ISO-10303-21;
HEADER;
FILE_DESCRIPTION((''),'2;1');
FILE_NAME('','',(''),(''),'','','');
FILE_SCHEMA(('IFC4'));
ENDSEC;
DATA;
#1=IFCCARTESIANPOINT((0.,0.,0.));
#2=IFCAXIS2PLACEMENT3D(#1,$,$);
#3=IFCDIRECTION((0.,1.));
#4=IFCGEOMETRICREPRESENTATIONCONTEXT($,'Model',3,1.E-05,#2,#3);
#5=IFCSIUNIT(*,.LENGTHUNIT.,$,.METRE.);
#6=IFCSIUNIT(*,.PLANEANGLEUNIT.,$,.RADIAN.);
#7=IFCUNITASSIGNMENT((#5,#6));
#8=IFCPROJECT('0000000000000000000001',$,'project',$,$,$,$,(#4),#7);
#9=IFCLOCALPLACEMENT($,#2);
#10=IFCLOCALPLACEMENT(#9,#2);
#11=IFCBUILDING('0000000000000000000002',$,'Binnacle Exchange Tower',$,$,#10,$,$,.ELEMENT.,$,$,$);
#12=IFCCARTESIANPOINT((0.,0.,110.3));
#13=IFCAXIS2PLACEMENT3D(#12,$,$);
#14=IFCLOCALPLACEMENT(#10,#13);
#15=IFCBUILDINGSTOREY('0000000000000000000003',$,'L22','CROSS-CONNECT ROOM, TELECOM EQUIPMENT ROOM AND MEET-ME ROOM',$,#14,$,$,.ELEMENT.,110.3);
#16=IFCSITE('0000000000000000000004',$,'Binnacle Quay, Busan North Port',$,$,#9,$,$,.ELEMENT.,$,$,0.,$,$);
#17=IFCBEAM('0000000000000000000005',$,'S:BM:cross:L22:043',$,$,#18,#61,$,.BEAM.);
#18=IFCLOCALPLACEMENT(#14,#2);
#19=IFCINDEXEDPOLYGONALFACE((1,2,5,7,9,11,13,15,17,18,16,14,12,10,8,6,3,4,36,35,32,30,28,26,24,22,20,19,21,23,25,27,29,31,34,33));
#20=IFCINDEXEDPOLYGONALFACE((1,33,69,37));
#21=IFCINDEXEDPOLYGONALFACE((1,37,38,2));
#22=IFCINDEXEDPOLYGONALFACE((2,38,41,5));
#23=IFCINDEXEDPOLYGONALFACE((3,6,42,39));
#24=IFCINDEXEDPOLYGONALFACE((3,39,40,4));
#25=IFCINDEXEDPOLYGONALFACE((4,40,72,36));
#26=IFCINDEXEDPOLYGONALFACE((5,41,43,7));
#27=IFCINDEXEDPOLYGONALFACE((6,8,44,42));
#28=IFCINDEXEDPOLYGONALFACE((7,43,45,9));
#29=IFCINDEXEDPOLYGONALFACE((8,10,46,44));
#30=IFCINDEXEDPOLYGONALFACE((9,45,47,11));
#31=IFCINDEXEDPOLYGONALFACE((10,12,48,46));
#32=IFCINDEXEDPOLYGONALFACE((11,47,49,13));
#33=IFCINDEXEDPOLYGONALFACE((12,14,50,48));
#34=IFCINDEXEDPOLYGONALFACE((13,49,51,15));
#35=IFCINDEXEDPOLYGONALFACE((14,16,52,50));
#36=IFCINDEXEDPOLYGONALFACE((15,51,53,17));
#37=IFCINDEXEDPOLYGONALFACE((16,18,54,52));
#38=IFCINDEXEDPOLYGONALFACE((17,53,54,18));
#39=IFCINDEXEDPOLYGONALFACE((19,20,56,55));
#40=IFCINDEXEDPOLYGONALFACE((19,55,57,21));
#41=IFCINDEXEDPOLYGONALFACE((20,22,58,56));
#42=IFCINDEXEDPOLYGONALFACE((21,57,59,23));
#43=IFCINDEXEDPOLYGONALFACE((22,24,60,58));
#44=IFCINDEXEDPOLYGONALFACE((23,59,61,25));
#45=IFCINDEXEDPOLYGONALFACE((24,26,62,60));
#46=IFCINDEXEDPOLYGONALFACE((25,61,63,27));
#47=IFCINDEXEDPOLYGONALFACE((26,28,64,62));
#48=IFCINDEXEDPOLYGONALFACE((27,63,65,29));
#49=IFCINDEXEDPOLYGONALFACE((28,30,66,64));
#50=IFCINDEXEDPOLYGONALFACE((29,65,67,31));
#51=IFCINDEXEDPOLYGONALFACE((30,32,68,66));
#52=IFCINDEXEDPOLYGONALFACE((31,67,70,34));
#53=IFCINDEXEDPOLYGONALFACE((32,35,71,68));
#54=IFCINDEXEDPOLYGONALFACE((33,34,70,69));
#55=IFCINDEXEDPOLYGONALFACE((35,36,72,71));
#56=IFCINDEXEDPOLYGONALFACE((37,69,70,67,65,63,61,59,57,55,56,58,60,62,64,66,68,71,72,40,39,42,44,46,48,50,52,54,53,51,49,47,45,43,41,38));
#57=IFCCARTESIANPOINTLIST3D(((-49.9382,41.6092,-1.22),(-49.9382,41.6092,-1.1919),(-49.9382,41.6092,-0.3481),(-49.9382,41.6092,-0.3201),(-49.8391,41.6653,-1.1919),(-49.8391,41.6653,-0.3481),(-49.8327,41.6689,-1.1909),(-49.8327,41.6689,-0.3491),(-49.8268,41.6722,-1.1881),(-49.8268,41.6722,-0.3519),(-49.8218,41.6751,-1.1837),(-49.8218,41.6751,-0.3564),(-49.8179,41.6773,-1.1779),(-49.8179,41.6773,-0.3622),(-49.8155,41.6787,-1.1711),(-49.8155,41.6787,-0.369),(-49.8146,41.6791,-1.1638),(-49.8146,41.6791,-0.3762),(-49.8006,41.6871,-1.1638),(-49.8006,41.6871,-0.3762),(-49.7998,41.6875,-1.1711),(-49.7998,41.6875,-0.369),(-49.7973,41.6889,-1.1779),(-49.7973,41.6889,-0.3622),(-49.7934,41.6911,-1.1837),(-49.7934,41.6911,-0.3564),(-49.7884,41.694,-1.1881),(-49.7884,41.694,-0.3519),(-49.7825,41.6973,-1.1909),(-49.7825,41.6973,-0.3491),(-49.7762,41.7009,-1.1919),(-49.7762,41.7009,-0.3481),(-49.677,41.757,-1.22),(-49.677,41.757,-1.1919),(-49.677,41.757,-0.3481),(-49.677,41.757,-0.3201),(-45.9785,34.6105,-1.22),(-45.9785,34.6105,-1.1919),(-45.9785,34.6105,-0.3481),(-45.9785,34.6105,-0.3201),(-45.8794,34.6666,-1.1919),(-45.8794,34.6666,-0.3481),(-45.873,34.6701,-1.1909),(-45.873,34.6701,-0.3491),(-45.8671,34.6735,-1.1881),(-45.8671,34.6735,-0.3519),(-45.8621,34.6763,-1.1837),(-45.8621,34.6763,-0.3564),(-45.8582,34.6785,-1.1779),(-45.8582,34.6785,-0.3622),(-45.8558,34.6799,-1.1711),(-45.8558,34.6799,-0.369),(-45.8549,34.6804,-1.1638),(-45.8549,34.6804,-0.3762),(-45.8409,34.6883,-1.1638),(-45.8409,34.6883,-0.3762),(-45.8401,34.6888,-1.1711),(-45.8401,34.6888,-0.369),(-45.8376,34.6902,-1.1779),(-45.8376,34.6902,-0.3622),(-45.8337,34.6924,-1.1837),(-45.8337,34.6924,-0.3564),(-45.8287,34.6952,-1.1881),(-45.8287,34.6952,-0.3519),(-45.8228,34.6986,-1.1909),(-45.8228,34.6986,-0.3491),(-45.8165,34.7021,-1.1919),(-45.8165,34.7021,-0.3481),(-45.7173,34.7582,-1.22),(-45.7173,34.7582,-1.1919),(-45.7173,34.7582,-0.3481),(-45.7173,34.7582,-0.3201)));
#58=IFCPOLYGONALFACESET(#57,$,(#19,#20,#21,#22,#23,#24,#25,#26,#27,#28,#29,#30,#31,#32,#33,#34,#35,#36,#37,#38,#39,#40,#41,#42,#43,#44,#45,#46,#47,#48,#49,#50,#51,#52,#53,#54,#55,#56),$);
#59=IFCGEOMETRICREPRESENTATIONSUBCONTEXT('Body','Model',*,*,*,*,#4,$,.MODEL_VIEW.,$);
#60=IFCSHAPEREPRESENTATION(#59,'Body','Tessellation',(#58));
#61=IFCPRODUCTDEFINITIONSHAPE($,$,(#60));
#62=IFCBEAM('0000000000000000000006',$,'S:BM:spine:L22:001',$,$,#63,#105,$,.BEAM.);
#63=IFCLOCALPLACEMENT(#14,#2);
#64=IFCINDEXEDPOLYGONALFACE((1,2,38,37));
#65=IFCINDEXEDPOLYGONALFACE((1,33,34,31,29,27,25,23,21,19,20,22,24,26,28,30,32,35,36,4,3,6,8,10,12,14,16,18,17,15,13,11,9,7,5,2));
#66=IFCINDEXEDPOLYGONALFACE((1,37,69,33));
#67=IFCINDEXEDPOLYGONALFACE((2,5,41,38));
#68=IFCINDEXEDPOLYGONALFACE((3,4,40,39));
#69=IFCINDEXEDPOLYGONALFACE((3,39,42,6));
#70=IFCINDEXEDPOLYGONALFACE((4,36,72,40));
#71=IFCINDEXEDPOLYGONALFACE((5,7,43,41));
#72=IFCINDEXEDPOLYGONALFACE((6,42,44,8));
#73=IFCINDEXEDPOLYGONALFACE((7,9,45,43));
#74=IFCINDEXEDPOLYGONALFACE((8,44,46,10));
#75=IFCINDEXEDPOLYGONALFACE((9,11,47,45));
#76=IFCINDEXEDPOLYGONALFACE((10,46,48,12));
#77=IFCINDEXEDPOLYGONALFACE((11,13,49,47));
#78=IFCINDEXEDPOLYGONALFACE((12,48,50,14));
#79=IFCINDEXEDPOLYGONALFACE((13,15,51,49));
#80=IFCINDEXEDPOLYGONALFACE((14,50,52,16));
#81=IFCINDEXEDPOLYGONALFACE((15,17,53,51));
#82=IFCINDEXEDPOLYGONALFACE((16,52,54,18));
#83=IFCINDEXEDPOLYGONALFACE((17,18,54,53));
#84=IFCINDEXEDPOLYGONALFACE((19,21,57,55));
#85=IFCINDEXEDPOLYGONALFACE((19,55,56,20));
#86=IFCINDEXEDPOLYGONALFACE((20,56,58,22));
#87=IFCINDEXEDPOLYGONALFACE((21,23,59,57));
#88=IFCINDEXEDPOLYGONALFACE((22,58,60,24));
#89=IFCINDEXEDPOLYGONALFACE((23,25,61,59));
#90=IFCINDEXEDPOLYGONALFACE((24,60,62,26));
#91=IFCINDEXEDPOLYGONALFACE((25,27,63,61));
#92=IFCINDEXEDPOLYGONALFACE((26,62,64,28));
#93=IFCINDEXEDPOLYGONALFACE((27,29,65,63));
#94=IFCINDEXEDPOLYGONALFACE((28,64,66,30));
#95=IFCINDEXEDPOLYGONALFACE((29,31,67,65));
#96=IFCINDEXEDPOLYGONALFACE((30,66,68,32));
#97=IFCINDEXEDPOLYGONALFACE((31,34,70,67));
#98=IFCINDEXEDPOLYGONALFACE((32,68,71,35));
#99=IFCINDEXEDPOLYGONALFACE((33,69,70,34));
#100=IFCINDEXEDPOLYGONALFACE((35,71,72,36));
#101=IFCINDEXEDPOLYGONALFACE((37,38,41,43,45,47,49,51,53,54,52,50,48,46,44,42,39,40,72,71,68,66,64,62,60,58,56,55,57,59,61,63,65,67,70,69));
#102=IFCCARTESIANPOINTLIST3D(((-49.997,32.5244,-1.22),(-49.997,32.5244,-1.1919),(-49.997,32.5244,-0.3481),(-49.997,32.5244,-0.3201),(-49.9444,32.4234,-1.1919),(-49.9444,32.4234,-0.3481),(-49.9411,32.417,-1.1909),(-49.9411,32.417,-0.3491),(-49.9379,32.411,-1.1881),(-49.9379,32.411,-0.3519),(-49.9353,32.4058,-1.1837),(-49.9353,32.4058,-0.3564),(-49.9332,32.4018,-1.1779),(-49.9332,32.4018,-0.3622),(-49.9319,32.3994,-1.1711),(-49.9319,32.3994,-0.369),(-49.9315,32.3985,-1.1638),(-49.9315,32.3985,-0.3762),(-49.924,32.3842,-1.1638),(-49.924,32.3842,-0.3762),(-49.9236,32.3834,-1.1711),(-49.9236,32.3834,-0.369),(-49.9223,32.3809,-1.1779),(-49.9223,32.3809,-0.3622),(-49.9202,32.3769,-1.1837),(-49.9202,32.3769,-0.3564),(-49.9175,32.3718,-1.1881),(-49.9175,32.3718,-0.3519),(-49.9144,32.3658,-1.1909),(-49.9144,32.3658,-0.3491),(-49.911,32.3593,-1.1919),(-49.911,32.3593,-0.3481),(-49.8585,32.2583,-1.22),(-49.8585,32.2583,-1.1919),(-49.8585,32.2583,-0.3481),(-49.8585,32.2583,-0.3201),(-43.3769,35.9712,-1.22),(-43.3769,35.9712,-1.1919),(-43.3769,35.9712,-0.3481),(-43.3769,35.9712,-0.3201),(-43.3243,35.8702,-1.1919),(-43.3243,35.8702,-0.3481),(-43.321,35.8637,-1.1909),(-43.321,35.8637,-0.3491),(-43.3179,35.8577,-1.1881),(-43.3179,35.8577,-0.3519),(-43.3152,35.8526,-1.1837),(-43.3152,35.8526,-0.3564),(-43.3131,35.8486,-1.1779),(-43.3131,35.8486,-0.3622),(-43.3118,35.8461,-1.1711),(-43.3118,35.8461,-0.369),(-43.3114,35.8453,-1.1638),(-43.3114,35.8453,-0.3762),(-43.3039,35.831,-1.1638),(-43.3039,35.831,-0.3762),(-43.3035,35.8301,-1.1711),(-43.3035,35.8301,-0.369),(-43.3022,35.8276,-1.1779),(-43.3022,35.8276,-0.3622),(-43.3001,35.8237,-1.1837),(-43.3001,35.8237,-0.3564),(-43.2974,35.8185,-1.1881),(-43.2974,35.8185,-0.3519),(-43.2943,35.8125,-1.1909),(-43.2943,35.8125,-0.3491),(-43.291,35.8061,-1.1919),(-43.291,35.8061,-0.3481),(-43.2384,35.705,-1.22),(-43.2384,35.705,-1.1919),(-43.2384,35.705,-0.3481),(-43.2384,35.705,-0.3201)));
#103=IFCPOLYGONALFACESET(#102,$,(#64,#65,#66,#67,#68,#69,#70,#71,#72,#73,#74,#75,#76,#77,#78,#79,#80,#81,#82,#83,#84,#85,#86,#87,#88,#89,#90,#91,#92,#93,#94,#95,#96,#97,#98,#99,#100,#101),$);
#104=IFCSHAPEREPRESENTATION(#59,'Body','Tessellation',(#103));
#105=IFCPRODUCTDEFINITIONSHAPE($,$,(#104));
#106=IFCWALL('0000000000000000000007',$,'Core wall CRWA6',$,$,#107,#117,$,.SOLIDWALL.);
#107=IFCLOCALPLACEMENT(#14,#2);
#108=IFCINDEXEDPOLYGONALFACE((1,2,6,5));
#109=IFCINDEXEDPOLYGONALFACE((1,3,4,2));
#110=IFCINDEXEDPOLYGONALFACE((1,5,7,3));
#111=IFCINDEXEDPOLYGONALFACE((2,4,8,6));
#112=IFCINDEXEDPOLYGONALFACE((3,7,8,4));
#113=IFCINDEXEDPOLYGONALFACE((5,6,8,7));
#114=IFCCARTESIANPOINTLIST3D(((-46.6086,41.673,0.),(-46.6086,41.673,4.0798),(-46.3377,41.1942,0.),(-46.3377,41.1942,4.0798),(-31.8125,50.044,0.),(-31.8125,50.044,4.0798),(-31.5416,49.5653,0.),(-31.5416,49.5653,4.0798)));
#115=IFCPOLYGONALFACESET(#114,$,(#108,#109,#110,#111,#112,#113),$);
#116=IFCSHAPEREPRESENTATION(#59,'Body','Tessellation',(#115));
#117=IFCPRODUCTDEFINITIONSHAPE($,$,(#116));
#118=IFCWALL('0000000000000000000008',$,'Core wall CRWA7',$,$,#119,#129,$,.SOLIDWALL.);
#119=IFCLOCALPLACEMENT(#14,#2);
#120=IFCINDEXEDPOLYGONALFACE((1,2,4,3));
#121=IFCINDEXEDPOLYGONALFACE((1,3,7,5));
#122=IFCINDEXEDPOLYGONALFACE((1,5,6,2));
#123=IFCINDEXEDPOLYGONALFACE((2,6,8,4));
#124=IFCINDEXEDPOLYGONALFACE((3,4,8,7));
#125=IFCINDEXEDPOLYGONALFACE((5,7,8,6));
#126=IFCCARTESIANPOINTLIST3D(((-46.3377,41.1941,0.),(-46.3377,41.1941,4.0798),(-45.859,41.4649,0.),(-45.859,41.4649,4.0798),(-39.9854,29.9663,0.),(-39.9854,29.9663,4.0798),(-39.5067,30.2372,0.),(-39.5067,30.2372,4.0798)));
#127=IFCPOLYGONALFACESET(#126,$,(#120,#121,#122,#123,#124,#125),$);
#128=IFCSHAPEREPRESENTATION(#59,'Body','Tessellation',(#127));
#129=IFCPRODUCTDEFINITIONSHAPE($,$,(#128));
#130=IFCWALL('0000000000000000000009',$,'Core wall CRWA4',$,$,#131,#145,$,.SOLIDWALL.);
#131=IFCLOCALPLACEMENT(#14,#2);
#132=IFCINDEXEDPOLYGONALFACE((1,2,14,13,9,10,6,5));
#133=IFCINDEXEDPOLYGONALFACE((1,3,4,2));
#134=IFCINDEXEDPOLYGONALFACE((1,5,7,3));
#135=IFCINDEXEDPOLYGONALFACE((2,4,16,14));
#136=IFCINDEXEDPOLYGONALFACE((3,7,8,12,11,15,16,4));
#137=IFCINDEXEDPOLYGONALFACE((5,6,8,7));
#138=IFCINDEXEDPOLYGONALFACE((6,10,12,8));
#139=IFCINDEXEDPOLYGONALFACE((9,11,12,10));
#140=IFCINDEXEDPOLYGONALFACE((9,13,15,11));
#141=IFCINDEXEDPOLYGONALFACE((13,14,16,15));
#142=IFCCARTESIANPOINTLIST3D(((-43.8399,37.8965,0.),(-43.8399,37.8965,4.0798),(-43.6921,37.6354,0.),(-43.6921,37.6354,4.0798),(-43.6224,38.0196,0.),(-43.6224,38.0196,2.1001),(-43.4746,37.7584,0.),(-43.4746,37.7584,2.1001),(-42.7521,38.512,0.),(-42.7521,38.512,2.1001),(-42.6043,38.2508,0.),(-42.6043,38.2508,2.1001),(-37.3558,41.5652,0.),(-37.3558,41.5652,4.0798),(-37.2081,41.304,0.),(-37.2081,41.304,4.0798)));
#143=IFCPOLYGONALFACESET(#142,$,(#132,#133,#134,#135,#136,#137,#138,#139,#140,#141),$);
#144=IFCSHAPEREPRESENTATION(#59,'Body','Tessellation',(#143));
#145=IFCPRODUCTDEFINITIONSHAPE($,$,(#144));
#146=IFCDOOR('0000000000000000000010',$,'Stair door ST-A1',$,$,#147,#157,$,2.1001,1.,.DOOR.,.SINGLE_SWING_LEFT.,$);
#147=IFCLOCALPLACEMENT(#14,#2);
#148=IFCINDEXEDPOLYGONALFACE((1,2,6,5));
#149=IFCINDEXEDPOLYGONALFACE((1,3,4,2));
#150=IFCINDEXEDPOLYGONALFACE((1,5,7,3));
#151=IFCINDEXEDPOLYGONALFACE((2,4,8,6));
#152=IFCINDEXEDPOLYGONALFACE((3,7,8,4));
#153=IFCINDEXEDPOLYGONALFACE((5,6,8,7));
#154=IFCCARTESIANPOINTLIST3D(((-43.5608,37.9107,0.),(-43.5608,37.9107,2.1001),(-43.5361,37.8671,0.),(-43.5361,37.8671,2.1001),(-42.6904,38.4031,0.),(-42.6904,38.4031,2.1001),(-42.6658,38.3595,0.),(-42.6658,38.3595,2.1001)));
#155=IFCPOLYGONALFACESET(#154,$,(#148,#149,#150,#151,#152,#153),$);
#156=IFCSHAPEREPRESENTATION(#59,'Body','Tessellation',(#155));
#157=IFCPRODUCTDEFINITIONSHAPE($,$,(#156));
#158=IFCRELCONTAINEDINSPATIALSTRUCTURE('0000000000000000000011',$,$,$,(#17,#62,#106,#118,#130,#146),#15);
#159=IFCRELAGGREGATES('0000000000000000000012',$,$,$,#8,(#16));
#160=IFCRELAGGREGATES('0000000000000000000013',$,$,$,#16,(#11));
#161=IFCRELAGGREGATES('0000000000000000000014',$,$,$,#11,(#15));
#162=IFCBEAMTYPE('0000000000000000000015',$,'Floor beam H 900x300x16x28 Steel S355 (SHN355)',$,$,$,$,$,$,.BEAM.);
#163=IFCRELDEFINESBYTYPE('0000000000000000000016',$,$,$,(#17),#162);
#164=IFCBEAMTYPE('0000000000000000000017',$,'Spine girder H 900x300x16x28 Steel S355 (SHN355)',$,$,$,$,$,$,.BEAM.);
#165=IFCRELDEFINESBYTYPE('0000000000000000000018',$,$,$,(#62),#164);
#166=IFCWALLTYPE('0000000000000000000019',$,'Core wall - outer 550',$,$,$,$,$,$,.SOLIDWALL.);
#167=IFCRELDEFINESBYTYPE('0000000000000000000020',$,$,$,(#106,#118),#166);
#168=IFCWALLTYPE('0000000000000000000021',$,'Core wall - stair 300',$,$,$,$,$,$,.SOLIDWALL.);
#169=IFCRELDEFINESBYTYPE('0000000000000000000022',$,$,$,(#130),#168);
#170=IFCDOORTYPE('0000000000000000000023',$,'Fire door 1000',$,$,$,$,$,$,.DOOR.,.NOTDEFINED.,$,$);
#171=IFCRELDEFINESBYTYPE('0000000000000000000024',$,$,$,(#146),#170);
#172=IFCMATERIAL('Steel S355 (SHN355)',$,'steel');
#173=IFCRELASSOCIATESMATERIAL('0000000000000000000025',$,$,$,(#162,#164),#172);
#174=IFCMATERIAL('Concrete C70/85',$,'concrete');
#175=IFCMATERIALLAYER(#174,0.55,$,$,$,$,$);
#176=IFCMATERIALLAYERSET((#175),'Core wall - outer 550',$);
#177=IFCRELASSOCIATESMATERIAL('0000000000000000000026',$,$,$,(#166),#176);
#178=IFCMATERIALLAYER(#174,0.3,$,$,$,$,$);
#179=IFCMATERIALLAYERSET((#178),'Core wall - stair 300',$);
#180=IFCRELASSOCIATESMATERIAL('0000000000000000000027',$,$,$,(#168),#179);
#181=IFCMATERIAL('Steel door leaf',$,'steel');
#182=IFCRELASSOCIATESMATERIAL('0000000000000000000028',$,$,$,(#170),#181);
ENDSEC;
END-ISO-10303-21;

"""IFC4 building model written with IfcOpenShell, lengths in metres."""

from ifc_helpers import new_model, si_unit, direction, frame, frame_2d, origin, origin_2d, place, context, subcontext, project, spatial, rectangle, i_section, extrude, material, layer, layer_set, material_profile, profile_set, type_object, element, fill, save


model = new_model("IFC4")

# Units and contexts
model_context = context("Model", 3, precision=1e-05, world=origin(), true_north=direction((0.0, 1.0)))
body_context = subcontext(model_context, "Body", "Model", "MODEL_VIEW")
ifc_project = project(units=[si_unit("LENGTHUNIT", "METRE"), si_unit("PLANEANGLEUNIT", "RADIAN")], contexts=[model_context])

# Site, building, storey
site_placement = place(None, origin())
site = spatial("IfcSite", under=ifc_project, at=site_placement, Name="Binnacle Quay, Busan North Port", CompositionType="ELEMENT", RefElevation=0.0)
building_placement = place(site_placement, origin())
building = spatial("IfcBuilding", under=site, at=building_placement, Name="Binnacle Exchange Tower", CompositionType="ELEMENT")
storey_placement = place(building_placement, frame((0.0, 0.0, 110.3)))
storey = spatial("IfcBuildingStorey", under=building, at=storey_placement, Name="L22", Description="CROSS-CONNECT ROOM, TELECOM EQUIPMENT ROOM AND MEET-ME ROOM", CompositionType="ELEMENT", Elevation=110.3)

# Shared definitions
ifc_material_1 = material(Name="Concrete C70/85", Category="concrete")

# Beams
ifc_material_2 = material(Name="Steel S355 (SHN355)", Category="steel")
ifc_material_profile_1 = material_profile(ifc_material_2, i_section(OverallWidth=0.3, OverallDepth=0.8999, WebThickness=0.0161, FlangeThickness=0.0281, FilletRadius=0.0281, at=origin_2d()), Name="H 900x300x16x28")
ifc_profile_set_1 = profile_set([ifc_material_profile_1], Name="Steel S355 (SHN355)")
beam_type_1 = type_object("IfcBeamType", Name="Floor beam H 900x300x16x28 Steel S355 (SHN355)", PredefinedType="BEAM", material=ifc_profile_set_1)
beam_1_placement = place(storey_placement, frame((-49.8076, 41.6831, -0.77), z_axis=(0.492423, -0.870356, 0.0), x_axis=(0.870356, 0.492423, 0.0)))
element("IfcBeam", 1, at=beam_1_placement, inside=storey, type_object=beam_type_1, Name="S:BM:cross:L22:043", PredefinedType="BEAM", context=body_context, shape_type="SweptSolid", body=[
    extrude(i_section(OverallWidth=0.3, OverallDepth=0.8999, WebThickness=0.0161, FlangeThickness=0.0281, FilletRadius=0.0281, at=origin_2d()), origin(), (0.0, 0.0, 1.0), 8.0413),
])
ifc_material_profile_2 = material_profile(ifc_material_2, i_section(OverallWidth=0.3, OverallDepth=0.8999, WebThickness=0.0161, FlangeThickness=0.0281, FilletRadius=0.0281, at=origin_2d()), Name="H 900x300x16x28")
ifc_profile_set_2 = profile_set([ifc_material_profile_2], Name="Steel S355 (SHN355)")
beam_type_2 = type_object("IfcBeamType", Name="Spine girder H 900x300x16x28 Steel S355 (SHN355)", PredefinedType="BEAM", material=ifc_profile_set_2)
beam_2_placement = place(storey_placement, frame((-49.9277, 32.3914, -0.77), z_axis=(0.88698, 0.461808, 0.0), x_axis=(-0.461808, 0.88698, 0.0)))
element("IfcBeam", 2, at=beam_2_placement, inside=storey, type_object=beam_type_2, Name="S:BM:spine:L22:001", PredefinedType="BEAM", context=body_context, shape_type="SweptSolid", body=[
    extrude(i_section(OverallWidth=0.3, OverallDepth=0.8999, WebThickness=0.0161, FlangeThickness=0.0281, FilletRadius=0.0281, at=origin_2d()), origin(), (0.0, 0.0, 1.0), 7.4636),
])

# Walls
ifc_layer_1 = layer(ifc_material_1, 0.55)
ifc_layer_set_1 = layer_set([ifc_layer_1], Name="Core wall - outer 550")
wall_type_1 = type_object("IfcWallType", Name="Core wall - outer 550", PredefinedType="SOLIDWALL", material=ifc_layer_set_1)
wall_1_placement = place(storey_placement, frame((-46.4731, 41.4336, 0.0), z_axis=(0.0, 0.0, 1.0), x_axis=(0.87036, 0.492416, 0.0)))
element("IfcWall", 3, at=wall_1_placement, inside=storey, type_object=wall_type_1, Name="Core wall CRWA6", PredefinedType="SOLIDWALL", context=body_context, shape_type="SweptSolid", body=[
    extrude(rectangle(XDim=17.0, YDim=0.55, at=frame_2d((8.5, 0.0))), origin(), (0.0, 0.0, 1.0), 4.0798),
])
wall_2_placement = place(storey_placement, frame((-46.0984, 41.3296, 0.0), z_axis=(0.0, 0.0, 1.0), x_axis=(0.492419, -0.870358, 0.0)))
element("IfcWall", 4, at=wall_2_placement, inside=storey, type_object=wall_type_1, Name="Core wall CRWA7", PredefinedType="SOLIDWALL", context=body_context, shape_type="SweptSolid", body=[
    extrude(rectangle(XDim=12.9001, YDim=0.55, at=frame_2d((6.4502, 0.0))), origin(), (0.0, 0.0, 1.0), 4.0798),
])

# Wall, opening, door
ifc_layer_2 = layer(ifc_material_1, 0.3)
ifc_layer_set_2 = layer_set([ifc_layer_2], Name="Core wall - stair 300")
wall_type_2 = type_object("IfcWallType", Name="Core wall - stair 300", PredefinedType="SOLIDWALL", material=ifc_layer_set_2)
wall_3_placement = place(storey_placement, frame((-43.7661, 37.7659, 0.0), z_axis=(0.0, 0.0, 1.0), x_axis=(0.870347, 0.492439, 0.0)))
wall_3 = element("IfcWall", 5, at=wall_3_placement, inside=storey, type_object=wall_type_2, Name="Core wall CRWA4", PredefinedType="SOLIDWALL", context=body_context, shape_type="SweptSolid", body=[
    extrude(rectangle(XDim=7.45, YDim=0.3, at=frame_2d((3.7251, 0.0))), origin(), (0.0, 0.0, 1.0), 4.0798),
])
opening_1_placement = place(wall_3_placement, frame((0.25, 0.0, 0.0)))
opening_1 = element("IfcOpeningElement", 6, at=opening_1_placement, cuts=wall_3, PredefinedType="OPENING", context=body_context, shape_type="SweptSolid", body=[
    extrude(rectangle(XDim=1.0, YDim=2.1001, at=frame_2d((0.5, 1.05))), frame((0.0, 0.1599, 0.0), z_axis=(0.0, -1.0, 0.0), x_axis=(1.0, 0.0, 0.0)), (0.0, 0.0, 1.0), 0.3201),
])
ifc_material_3 = material(Name="Steel door leaf", Category="steel")
door_type = type_object("IfcDoorType", Name="Fire door 1000", OperationType="NOTDEFINED", PredefinedType="DOOR", material=ifc_material_3)
door_placement = place(opening_1_placement, origin())
door = element("IfcDoor", 7, at=door_placement, inside=storey, type_object=door_type, Name="Stair door ST-A1", OperationType="SINGLE_SWING_LEFT", OverallHeight=2.1001, OverallWidth=1.0, PredefinedType="DOOR", context=body_context, shape_type="SweptSolid", body=[
    extrude(rectangle(XDim=1.0, YDim=2.1001, at=frame_2d((0.5, 1.05))), frame((0.0, 0.0249, 0.0), z_axis=(0.0, -1.0, 0.0), x_axis=(1.0, 0.0, 0.0)), (0.0, 0.0, 1.0), 0.05),
])
fill(opening_1, door)

save(model, "model.ifc")
